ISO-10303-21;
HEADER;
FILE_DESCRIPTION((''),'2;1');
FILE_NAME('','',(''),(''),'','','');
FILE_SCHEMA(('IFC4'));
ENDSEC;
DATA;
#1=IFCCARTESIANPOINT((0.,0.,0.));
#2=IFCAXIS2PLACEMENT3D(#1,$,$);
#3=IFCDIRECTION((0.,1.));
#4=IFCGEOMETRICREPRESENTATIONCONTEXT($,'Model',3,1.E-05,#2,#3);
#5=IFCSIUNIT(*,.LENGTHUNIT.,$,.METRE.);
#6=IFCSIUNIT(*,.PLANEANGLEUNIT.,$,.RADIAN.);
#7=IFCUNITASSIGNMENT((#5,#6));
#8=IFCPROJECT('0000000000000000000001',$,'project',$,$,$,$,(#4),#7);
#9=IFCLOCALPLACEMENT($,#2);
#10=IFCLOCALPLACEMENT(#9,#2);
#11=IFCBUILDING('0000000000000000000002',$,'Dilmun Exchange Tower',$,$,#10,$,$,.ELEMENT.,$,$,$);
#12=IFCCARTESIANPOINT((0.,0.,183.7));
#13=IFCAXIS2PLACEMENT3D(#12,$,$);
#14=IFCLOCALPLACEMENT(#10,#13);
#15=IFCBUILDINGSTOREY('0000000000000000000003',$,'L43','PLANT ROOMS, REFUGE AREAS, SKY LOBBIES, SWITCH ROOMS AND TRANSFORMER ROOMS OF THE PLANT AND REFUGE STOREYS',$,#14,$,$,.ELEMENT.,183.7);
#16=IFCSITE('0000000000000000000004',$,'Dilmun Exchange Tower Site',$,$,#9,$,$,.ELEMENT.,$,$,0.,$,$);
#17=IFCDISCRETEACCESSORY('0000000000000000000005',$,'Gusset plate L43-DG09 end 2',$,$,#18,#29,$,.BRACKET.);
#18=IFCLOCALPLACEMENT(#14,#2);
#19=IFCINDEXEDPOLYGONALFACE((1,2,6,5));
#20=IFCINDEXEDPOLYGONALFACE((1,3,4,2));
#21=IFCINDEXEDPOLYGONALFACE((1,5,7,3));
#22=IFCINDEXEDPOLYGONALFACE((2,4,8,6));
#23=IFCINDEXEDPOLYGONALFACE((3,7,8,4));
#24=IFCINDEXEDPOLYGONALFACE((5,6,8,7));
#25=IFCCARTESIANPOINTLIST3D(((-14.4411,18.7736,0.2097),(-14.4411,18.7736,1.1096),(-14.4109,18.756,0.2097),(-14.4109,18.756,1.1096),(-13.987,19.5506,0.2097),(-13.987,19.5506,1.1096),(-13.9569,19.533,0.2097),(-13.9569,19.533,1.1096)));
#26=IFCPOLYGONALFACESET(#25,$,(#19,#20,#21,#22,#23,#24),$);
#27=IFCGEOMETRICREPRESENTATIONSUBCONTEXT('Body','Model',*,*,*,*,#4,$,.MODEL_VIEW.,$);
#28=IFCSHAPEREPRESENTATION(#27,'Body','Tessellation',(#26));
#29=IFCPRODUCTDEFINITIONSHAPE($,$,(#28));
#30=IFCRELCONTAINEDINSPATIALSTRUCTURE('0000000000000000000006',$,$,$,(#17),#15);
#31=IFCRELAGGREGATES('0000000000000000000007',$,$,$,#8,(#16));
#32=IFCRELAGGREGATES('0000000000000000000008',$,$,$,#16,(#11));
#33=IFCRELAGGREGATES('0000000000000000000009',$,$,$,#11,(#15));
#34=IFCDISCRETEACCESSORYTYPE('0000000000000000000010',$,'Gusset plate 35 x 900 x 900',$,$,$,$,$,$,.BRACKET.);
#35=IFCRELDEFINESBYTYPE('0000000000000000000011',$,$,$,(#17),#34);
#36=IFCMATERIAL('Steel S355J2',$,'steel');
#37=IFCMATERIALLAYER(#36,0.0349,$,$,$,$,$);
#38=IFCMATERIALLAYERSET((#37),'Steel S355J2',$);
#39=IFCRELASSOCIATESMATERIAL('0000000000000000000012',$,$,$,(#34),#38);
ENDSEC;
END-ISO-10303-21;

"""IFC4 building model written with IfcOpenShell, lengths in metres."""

from ifc_helpers import new_model, si_unit, direction, frame, origin, origin_2d, place, context, subcontext, project, spatial, rectangle, extrude, material, layer, layer_set, type_object, element, save


model = new_model("IFC4")

# Units and contexts
model_context = context("Model", 3, precision=1e-05, world=origin(), true_north=direction((0.0, 1.0)))
body_context = subcontext(model_context, "Body", "Model", "MODEL_VIEW")
ifc_project = project(units=[si_unit("LENGTHUNIT", "METRE"), si_unit("PLANEANGLEUNIT", "RADIAN")], contexts=[model_context])

# Site, building, storey
site_placement = place(None, origin())
site = spatial("IfcSite", under=ifc_project, at=site_placement, Name="Dilmun Exchange Tower Site", CompositionType="ELEMENT", RefElevation=0.0)
building_placement = place(site_placement, origin())
building = spatial("IfcBuilding", under=site, at=building_placement, Name="Dilmun Exchange Tower", CompositionType="ELEMENT")
storey_placement = place(building_placement, frame((0.0, 0.0, 183.7)))
storey = spatial("IfcBuildingStorey", under=building, at=storey_placement, Name="L43", Description="PLANT ROOMS, REFUGE AREAS, SKY LOBBIES, SWITCH ROOMS AND TRANSFORMER ROOMS OF THE PLANT AND REFUGE STOREYS", CompositionType="ELEMENT", Elevation=183.7)

# Discrete accessory
ifc_material_1 = material(Name="Steel S355J2", Category="steel")
ifc_layer_1 = layer(ifc_material_1, 0.0349)
ifc_layer_set_1 = layer_set([ifc_layer_1], Name="Steel S355J2")
discrete_accessory_type = type_object("IfcDiscreteAccessoryType", Name="Gusset plate 35 x 900 x 900", PredefinedType="BRACKET", material=ifc_layer_set_1)
for number, where, z_axis, x_axis, name in (
    (1, (-14.199, 19.1533, 0.2097), (0.0, 0.0, 1.0), (0.504514, 0.863403, 0.0), "Gusset plate L43-DG09 end 2"),
):
    element("IfcDiscreteAccessory", number, at=place(storey_placement, frame(where, z_axis=z_axis, x_axis=x_axis)), inside=storey, type_object=discrete_accessory_type, Name=name, PredefinedType="BRACKET", context=body_context, shape_type="SweptSolid", body=[
        extrude(rectangle(XDim=0.8999, YDim=0.0349, at=origin_2d()), origin(), (0.0, 0.0, 1.0), 0.8999),
    ])

save(model, "model.ifc")
